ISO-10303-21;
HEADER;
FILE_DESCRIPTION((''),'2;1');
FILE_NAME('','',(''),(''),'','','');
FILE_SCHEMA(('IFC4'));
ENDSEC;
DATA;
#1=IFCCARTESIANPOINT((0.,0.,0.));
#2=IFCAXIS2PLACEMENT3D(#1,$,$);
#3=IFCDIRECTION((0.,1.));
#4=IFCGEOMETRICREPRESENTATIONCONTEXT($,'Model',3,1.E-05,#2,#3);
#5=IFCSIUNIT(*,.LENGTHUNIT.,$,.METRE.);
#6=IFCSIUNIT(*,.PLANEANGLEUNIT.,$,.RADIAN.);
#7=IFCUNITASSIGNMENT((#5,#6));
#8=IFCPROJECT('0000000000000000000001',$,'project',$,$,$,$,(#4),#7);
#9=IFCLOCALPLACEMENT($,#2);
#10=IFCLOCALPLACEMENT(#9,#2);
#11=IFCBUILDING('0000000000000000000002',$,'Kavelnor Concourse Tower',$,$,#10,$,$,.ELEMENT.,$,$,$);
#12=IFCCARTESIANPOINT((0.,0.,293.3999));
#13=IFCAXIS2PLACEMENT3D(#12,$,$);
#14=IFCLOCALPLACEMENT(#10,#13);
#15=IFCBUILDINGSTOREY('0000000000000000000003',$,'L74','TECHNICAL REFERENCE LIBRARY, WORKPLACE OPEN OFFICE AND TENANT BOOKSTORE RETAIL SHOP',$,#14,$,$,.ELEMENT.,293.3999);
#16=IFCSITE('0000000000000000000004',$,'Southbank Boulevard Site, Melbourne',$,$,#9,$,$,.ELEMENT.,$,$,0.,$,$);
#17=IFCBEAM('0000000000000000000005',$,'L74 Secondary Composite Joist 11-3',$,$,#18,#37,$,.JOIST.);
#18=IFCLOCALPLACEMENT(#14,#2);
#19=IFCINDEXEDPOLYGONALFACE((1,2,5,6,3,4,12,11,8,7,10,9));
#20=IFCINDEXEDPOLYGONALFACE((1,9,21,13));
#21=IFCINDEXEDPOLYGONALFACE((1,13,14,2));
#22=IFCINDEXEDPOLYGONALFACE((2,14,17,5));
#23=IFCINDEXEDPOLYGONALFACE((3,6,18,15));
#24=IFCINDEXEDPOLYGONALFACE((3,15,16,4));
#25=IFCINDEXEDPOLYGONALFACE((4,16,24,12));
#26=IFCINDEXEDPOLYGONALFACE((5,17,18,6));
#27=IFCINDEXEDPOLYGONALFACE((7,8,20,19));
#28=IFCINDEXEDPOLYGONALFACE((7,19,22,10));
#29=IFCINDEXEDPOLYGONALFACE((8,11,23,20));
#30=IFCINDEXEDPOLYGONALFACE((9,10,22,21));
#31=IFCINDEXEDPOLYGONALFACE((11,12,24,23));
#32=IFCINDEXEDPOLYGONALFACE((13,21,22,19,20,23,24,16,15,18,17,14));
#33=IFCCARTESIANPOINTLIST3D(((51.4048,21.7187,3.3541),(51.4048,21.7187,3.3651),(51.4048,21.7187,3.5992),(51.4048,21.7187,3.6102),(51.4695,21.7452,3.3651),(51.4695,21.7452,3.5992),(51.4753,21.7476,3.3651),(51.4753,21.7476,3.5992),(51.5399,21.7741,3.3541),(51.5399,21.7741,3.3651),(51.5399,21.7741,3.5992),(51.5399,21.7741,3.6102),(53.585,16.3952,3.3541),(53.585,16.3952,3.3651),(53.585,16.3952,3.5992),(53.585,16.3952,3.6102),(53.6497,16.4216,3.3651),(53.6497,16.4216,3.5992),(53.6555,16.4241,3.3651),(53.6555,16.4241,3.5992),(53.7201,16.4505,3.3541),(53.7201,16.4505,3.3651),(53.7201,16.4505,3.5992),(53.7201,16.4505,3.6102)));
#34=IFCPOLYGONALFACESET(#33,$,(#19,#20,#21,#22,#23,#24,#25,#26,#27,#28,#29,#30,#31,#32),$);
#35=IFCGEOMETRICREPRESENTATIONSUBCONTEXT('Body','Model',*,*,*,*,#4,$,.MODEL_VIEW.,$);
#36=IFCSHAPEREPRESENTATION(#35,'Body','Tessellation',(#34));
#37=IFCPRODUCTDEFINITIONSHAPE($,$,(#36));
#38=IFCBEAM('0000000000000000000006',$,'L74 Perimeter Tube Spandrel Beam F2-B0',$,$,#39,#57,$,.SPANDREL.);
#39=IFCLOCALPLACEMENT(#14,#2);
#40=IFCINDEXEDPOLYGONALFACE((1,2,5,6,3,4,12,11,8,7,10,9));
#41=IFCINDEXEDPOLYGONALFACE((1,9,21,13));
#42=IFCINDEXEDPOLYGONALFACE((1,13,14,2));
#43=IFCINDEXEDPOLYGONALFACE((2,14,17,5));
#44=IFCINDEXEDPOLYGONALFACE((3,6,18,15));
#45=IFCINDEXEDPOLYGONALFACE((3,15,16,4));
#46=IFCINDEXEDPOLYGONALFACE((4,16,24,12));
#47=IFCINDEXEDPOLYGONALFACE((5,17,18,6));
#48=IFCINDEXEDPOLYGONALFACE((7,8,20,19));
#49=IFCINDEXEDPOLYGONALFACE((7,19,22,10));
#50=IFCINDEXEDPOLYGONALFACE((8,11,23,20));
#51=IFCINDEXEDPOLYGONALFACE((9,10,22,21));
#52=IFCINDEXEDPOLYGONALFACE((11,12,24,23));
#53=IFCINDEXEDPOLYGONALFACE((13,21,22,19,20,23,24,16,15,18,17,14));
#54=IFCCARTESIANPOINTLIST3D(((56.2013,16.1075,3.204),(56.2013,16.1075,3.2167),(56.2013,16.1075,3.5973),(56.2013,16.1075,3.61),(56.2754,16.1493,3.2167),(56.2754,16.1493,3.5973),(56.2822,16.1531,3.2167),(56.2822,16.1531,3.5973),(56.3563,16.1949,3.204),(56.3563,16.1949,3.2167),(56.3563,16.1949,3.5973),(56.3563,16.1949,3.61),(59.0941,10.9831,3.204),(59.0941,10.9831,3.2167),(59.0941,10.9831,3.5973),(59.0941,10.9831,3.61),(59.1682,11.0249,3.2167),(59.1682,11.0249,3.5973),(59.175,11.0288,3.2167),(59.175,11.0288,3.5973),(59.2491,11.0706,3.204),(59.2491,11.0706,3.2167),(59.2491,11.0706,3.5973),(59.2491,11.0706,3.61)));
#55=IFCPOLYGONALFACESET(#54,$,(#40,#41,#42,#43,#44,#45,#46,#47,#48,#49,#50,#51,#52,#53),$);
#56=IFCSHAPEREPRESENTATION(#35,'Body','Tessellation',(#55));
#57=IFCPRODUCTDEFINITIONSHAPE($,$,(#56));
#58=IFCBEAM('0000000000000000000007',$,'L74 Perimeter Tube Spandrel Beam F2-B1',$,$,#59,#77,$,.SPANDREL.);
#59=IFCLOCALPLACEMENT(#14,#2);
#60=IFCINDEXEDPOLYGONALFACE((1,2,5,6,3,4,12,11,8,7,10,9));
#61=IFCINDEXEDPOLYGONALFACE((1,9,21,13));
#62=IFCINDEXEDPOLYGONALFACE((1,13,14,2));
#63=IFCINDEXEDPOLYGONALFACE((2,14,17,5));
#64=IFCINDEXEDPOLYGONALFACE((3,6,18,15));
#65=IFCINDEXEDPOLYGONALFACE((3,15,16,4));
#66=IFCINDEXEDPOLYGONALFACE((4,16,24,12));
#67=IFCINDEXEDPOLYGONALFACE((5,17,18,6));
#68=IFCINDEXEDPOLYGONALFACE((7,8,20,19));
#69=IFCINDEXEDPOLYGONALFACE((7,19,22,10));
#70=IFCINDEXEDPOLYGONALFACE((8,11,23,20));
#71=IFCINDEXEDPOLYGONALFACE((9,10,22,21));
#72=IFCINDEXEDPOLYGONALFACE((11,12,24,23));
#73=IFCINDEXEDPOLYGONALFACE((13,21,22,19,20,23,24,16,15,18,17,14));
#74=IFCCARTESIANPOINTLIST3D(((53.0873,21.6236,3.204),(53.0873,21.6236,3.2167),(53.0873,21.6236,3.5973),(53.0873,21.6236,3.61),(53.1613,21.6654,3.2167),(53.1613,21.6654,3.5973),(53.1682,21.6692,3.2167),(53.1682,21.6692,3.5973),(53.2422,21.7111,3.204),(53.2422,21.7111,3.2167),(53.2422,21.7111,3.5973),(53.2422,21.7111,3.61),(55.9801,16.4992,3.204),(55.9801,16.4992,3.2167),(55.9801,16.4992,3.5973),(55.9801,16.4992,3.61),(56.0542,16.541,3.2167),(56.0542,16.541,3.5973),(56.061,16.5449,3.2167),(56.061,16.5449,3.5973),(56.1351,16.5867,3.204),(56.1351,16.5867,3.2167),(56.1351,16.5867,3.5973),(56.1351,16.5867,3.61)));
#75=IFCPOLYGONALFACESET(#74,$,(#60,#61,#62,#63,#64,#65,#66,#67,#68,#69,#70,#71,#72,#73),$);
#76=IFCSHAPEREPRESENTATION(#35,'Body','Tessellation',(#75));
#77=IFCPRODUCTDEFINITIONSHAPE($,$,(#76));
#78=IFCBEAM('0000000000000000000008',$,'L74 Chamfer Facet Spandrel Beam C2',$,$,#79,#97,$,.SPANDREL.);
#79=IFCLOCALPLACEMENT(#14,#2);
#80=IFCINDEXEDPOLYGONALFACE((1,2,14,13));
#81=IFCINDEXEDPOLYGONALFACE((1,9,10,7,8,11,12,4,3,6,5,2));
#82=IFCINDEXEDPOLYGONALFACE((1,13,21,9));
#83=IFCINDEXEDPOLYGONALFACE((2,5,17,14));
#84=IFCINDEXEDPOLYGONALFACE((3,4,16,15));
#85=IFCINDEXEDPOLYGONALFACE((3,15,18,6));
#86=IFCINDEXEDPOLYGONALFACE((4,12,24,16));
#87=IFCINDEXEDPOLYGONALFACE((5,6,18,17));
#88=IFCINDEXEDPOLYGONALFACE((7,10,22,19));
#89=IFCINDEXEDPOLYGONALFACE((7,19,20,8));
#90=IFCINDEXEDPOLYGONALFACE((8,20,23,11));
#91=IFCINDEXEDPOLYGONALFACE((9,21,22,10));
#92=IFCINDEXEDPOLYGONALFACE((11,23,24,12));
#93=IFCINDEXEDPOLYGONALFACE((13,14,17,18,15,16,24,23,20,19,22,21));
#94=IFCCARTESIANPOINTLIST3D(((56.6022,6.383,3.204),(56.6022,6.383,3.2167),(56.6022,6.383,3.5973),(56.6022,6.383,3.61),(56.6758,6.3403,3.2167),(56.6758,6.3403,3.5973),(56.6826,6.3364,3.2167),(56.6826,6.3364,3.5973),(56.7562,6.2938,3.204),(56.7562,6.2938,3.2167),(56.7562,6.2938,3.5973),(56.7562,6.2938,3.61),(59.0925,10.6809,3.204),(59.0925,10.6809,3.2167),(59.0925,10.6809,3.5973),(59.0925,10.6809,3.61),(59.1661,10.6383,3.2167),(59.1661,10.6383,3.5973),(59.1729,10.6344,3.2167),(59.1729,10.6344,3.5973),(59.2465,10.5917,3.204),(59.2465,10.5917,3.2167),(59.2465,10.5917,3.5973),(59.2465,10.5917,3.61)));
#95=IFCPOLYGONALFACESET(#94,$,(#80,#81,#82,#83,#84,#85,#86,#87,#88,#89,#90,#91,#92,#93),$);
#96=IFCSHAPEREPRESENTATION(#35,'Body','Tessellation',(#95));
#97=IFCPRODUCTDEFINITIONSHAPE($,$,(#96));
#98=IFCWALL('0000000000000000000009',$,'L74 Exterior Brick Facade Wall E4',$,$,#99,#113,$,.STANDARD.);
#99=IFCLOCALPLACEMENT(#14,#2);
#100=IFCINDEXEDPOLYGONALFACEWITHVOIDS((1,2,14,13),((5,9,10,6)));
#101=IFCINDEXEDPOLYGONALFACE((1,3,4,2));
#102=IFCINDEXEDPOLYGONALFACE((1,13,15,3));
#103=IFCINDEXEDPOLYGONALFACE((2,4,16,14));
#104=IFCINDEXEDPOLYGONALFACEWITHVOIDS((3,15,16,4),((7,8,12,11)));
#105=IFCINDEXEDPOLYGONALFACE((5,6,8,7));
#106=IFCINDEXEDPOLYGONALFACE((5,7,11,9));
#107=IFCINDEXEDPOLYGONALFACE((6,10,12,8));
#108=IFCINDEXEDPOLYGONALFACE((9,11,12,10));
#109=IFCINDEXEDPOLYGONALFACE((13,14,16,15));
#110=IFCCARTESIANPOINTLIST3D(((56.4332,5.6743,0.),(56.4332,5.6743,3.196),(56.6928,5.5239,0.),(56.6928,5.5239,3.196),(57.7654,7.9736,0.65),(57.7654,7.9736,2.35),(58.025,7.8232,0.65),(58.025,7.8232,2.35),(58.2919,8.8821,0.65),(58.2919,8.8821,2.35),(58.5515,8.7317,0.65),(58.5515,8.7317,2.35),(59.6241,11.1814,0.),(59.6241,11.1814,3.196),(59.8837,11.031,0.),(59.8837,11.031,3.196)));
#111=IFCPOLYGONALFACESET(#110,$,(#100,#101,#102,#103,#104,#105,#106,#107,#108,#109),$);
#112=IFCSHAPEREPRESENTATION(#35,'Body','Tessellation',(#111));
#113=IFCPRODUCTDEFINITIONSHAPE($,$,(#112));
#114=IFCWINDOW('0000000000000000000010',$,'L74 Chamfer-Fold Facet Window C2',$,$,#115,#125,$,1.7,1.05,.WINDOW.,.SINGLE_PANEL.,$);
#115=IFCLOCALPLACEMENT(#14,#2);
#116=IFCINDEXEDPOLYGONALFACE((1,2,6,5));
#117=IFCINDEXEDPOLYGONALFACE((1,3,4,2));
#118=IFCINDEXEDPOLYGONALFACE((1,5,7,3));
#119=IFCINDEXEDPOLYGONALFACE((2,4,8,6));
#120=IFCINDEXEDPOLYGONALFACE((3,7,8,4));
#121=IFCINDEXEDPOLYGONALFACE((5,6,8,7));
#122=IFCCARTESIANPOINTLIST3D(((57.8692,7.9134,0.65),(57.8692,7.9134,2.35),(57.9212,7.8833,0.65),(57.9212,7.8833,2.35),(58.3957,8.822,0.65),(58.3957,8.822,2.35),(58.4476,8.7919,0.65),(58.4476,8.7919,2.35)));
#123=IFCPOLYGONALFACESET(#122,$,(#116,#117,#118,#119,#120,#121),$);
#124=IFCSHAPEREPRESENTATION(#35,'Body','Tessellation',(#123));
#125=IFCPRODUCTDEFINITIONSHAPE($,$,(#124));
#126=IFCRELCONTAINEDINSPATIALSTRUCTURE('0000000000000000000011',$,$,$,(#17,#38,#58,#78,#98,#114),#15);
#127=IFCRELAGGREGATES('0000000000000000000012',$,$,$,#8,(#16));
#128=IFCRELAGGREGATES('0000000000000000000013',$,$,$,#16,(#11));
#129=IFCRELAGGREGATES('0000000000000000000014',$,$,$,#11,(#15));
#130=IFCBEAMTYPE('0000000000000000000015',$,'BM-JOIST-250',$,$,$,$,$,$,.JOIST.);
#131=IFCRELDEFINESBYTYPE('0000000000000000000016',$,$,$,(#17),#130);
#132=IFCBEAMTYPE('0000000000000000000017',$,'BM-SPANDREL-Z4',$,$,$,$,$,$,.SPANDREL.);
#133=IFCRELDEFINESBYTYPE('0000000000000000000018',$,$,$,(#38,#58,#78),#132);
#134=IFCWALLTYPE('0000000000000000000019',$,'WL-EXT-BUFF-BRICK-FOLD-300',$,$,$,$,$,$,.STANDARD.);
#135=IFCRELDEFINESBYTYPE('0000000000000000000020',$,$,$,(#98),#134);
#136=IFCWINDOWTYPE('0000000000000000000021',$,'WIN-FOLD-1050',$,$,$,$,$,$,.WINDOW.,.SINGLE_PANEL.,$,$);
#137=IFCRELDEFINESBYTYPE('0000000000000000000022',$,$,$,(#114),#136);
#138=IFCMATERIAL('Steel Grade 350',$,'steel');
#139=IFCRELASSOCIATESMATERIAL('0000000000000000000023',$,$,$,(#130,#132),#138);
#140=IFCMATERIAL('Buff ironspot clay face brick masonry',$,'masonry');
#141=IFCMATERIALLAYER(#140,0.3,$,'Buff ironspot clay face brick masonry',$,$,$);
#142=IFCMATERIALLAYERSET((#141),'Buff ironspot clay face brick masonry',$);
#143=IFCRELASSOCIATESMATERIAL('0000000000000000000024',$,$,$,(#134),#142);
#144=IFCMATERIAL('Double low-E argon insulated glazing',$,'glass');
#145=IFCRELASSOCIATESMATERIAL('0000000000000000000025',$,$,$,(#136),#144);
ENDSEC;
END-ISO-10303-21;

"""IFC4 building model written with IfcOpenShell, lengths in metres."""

from ifc_helpers import new_model, si_unit, direction, frame, frame_2d, origin, origin_2d, place, context, subcontext, project, spatial, rectangle, i_section, extrude, material, layer, layer_set, material_profile, profile_set, type_object, element, fill, save


model = new_model("IFC4")

# Units and contexts
model_context = context("Model", 3, precision=1e-05, world=origin(), true_north=direction((0.0, 1.0)))
body_context = subcontext(model_context, "Body", "Model", "MODEL_VIEW")
ifc_project = project(units=[si_unit("LENGTHUNIT", "METRE"), si_unit("PLANEANGLEUNIT", "RADIAN")], contexts=[model_context])

# Site, building, storey
site_placement = place(None, origin())
site = spatial("IfcSite", under=ifc_project, at=site_placement, Name="Southbank Boulevard Site, Melbourne", CompositionType="ELEMENT", RefElevation=0.0)
building_placement = place(site_placement, origin())
building = spatial("IfcBuilding", under=site, at=building_placement, Name="Kavelnor Concourse Tower", CompositionType="ELEMENT")
storey_placement = place(building_placement, frame((0.0, 0.0, 293.3999)))
storey = spatial("IfcBuildingStorey", under=building, at=storey_placement, Name="L74", Description="TECHNICAL REFERENCE LIBRARY, WORKPLACE OPEN OFFICE AND TENANT BOOKSTORE RETAIL SHOP", CompositionType="ELEMENT", Elevation=293.3999)

# Shared definitions
ifc_material_1 = material(Name="Steel Grade 350", Category="steel")

# Beams
ifc_material_profile_1 = material_profile(ifc_material_1, i_section(OverallWidth=0.146, OverallDepth=0.2561, WebThickness=0.0063, FlangeThickness=0.011, at=origin_2d()), Name="250UB37")
ifc_profile_set_1 = profile_set([ifc_material_profile_1], Name="Steel Grade 350")
beam_type_1 = type_object("IfcBeamType", Name="BM-JOIST-250", PredefinedType="JOIST", material=ifc_profile_set_1)
beam_1_placement = place(storey_placement, frame((53.6526, 16.4229, 3.4822), z_axis=(-0.378988, 0.925402, 0.0), x_axis=(-0.925402, -0.378988, 0.0)))
element("IfcBeam", 1, at=beam_1_placement, inside=storey, type_object=beam_type_1, Name="L74 Secondary Composite Joist 11-3", PredefinedType="JOIST", context=body_context, shape_type="SweptSolid", body=[
    extrude(i_section(OverallWidth=0.146, OverallDepth=0.2561, WebThickness=0.0063, FlangeThickness=0.011, at=origin_2d()), origin(), (0.0, 0.0, 1.0), 5.7527),
])
ifc_material_profile_2 = material_profile(ifc_material_1, i_section(OverallWidth=0.178, OverallDepth=0.406, WebThickness=0.0078, FlangeThickness=0.0127, at=origin_2d()), Name="410UB59")
ifc_profile_set_2 = profile_set([ifc_material_profile_2], Name="Steel Grade 350")
beam_type_2 = type_object("IfcBeamType", Name="BM-SPANDREL-Z4", PredefinedType="SPANDREL", material=ifc_profile_set_2)
for number, where, z_axis, x_axis, name in (
    (2, (59.1716, 11.0269, 3.407), (-0.491606, 0.870818, 0.0), (-0.870818, -0.491606, 0.0), "L74 Perimeter Tube Spandrel Beam F2-B0"),
    (3, (56.0576, 16.543, 3.407), (-0.491606, 0.870818, 0.0), (-0.870818, -0.491606, 0.0), "L74 Perimeter Tube Spandrel Beam F2-B1"),
):
    element("IfcBeam", number, at=place(storey_placement, frame(where, z_axis=z_axis, x_axis=x_axis)), inside=storey, type_object=beam_type_2, Name=name, PredefinedType="SPANDREL", context=body_context, shape_type="SweptSolid", body=[
        extrude(i_section(OverallWidth=0.178, OverallDepth=0.406, WebThickness=0.0078, FlangeThickness=0.0127, at=origin_2d()), origin(), (0.0, 0.0, 1.0), 5.8845),
    ])
beam_2_placement = place(storey_placement, frame((56.6792, 6.3384, 3.407), z_axis=(0.501338, 0.865251, 0.0), x_axis=(-0.865251, 0.501338, 0.0)))
element("IfcBeam", 4, at=beam_2_placement, inside=storey, type_object=beam_type_2, Name="L74 Chamfer Facet Spandrel Beam C2", PredefinedType="SPANDREL", context=body_context, shape_type="SweptSolid", body=[
    extrude(i_section(OverallWidth=0.178, OverallDepth=0.406, WebThickness=0.0078, FlangeThickness=0.0127, at=origin_2d()), origin(), (0.0, 0.0, 1.0), 4.9673),
])

# Wall, opening, window
ifc_material_2 = material(Name="Buff ironspot clay face brick masonry", Category="masonry")
ifc_layer_1 = layer(ifc_material_2, 0.3, Name="Buff ironspot clay face brick masonry")
ifc_layer_set_1 = layer_set([ifc_layer_1], Name="Buff ironspot clay face brick masonry")
wall_type_1 = type_object("IfcWallType", Name="WL-EXT-BUFF-BRICK-FOLD-300", PredefinedType="STANDARD", material=ifc_layer_set_1)
wall_1_placement = place(storey_placement, frame((59.7539, 11.1062, 0.0), z_axis=(0.0, 0.0, 1.0), x_axis=(-0.501343, -0.865249, 0.0)))
wall_1 = element("IfcWall", 5, at=wall_1_placement, inside=storey, type_object=wall_type_1, Name="L74 Exterior Brick Facade Wall E4", PredefinedType="STANDARD", context=body_context, shape_type="SweptSolid", body=[
    extrude(rectangle(XDim=6.3647, YDim=0.3, at=frame_2d((3.1824, 0.0))), origin(), (0.0, 0.0, 1.0), 3.196),
])
opening_1_placement = place(wall_1_placement, frame((2.6575, 0.0, 0.6499)))
opening_1 = element("IfcOpeningElement", 6, at=opening_1_placement, cuts=wall_1, PredefinedType="OPENING", context=body_context, shape_type="SweptSolid", body=[
    extrude(rectangle(XDim=1.05, YDim=1.7, at=frame_2d((0.5249, 0.8501))), frame((0.0, 0.1602, 0.0), z_axis=(0.0, -1.0, 0.0), x_axis=(1.0, 0.0, 0.0)), (0.0, 0.0, 1.0), 0.3201),
])
ifc_material_3 = material(Name="Double low-E argon insulated glazing", Category="glass")
window_type_1 = type_object("IfcWindowType", Name="WIN-FOLD-1050", PartitioningType="SINGLE_PANEL", PredefinedType="WINDOW", material=ifc_material_3)
window_1_placement = place(opening_1_placement, origin())
window_1 = element("IfcWindow", 7, at=window_1_placement, inside=storey, type_object=window_type_1, Name="L74 Chamfer-Fold Facet Window C2", OverallHeight=1.7, OverallWidth=1.05, PartitioningType="SINGLE_PANEL", PredefinedType="WINDOW", context=body_context, shape_type="SweptSolid", body=[
    extrude(rectangle(XDim=1.05, YDim=1.7, at=frame_2d((0.5249, 0.8501))), frame((0.0, 0.03, 0.0), z_axis=(0.0, -1.0, 0.0), x_axis=(1.0, 0.0, 0.0)), (0.0, 0.0, 1.0), 0.0601),
])
fill(opening_1, window_1)

save(model, "model.ifc")
